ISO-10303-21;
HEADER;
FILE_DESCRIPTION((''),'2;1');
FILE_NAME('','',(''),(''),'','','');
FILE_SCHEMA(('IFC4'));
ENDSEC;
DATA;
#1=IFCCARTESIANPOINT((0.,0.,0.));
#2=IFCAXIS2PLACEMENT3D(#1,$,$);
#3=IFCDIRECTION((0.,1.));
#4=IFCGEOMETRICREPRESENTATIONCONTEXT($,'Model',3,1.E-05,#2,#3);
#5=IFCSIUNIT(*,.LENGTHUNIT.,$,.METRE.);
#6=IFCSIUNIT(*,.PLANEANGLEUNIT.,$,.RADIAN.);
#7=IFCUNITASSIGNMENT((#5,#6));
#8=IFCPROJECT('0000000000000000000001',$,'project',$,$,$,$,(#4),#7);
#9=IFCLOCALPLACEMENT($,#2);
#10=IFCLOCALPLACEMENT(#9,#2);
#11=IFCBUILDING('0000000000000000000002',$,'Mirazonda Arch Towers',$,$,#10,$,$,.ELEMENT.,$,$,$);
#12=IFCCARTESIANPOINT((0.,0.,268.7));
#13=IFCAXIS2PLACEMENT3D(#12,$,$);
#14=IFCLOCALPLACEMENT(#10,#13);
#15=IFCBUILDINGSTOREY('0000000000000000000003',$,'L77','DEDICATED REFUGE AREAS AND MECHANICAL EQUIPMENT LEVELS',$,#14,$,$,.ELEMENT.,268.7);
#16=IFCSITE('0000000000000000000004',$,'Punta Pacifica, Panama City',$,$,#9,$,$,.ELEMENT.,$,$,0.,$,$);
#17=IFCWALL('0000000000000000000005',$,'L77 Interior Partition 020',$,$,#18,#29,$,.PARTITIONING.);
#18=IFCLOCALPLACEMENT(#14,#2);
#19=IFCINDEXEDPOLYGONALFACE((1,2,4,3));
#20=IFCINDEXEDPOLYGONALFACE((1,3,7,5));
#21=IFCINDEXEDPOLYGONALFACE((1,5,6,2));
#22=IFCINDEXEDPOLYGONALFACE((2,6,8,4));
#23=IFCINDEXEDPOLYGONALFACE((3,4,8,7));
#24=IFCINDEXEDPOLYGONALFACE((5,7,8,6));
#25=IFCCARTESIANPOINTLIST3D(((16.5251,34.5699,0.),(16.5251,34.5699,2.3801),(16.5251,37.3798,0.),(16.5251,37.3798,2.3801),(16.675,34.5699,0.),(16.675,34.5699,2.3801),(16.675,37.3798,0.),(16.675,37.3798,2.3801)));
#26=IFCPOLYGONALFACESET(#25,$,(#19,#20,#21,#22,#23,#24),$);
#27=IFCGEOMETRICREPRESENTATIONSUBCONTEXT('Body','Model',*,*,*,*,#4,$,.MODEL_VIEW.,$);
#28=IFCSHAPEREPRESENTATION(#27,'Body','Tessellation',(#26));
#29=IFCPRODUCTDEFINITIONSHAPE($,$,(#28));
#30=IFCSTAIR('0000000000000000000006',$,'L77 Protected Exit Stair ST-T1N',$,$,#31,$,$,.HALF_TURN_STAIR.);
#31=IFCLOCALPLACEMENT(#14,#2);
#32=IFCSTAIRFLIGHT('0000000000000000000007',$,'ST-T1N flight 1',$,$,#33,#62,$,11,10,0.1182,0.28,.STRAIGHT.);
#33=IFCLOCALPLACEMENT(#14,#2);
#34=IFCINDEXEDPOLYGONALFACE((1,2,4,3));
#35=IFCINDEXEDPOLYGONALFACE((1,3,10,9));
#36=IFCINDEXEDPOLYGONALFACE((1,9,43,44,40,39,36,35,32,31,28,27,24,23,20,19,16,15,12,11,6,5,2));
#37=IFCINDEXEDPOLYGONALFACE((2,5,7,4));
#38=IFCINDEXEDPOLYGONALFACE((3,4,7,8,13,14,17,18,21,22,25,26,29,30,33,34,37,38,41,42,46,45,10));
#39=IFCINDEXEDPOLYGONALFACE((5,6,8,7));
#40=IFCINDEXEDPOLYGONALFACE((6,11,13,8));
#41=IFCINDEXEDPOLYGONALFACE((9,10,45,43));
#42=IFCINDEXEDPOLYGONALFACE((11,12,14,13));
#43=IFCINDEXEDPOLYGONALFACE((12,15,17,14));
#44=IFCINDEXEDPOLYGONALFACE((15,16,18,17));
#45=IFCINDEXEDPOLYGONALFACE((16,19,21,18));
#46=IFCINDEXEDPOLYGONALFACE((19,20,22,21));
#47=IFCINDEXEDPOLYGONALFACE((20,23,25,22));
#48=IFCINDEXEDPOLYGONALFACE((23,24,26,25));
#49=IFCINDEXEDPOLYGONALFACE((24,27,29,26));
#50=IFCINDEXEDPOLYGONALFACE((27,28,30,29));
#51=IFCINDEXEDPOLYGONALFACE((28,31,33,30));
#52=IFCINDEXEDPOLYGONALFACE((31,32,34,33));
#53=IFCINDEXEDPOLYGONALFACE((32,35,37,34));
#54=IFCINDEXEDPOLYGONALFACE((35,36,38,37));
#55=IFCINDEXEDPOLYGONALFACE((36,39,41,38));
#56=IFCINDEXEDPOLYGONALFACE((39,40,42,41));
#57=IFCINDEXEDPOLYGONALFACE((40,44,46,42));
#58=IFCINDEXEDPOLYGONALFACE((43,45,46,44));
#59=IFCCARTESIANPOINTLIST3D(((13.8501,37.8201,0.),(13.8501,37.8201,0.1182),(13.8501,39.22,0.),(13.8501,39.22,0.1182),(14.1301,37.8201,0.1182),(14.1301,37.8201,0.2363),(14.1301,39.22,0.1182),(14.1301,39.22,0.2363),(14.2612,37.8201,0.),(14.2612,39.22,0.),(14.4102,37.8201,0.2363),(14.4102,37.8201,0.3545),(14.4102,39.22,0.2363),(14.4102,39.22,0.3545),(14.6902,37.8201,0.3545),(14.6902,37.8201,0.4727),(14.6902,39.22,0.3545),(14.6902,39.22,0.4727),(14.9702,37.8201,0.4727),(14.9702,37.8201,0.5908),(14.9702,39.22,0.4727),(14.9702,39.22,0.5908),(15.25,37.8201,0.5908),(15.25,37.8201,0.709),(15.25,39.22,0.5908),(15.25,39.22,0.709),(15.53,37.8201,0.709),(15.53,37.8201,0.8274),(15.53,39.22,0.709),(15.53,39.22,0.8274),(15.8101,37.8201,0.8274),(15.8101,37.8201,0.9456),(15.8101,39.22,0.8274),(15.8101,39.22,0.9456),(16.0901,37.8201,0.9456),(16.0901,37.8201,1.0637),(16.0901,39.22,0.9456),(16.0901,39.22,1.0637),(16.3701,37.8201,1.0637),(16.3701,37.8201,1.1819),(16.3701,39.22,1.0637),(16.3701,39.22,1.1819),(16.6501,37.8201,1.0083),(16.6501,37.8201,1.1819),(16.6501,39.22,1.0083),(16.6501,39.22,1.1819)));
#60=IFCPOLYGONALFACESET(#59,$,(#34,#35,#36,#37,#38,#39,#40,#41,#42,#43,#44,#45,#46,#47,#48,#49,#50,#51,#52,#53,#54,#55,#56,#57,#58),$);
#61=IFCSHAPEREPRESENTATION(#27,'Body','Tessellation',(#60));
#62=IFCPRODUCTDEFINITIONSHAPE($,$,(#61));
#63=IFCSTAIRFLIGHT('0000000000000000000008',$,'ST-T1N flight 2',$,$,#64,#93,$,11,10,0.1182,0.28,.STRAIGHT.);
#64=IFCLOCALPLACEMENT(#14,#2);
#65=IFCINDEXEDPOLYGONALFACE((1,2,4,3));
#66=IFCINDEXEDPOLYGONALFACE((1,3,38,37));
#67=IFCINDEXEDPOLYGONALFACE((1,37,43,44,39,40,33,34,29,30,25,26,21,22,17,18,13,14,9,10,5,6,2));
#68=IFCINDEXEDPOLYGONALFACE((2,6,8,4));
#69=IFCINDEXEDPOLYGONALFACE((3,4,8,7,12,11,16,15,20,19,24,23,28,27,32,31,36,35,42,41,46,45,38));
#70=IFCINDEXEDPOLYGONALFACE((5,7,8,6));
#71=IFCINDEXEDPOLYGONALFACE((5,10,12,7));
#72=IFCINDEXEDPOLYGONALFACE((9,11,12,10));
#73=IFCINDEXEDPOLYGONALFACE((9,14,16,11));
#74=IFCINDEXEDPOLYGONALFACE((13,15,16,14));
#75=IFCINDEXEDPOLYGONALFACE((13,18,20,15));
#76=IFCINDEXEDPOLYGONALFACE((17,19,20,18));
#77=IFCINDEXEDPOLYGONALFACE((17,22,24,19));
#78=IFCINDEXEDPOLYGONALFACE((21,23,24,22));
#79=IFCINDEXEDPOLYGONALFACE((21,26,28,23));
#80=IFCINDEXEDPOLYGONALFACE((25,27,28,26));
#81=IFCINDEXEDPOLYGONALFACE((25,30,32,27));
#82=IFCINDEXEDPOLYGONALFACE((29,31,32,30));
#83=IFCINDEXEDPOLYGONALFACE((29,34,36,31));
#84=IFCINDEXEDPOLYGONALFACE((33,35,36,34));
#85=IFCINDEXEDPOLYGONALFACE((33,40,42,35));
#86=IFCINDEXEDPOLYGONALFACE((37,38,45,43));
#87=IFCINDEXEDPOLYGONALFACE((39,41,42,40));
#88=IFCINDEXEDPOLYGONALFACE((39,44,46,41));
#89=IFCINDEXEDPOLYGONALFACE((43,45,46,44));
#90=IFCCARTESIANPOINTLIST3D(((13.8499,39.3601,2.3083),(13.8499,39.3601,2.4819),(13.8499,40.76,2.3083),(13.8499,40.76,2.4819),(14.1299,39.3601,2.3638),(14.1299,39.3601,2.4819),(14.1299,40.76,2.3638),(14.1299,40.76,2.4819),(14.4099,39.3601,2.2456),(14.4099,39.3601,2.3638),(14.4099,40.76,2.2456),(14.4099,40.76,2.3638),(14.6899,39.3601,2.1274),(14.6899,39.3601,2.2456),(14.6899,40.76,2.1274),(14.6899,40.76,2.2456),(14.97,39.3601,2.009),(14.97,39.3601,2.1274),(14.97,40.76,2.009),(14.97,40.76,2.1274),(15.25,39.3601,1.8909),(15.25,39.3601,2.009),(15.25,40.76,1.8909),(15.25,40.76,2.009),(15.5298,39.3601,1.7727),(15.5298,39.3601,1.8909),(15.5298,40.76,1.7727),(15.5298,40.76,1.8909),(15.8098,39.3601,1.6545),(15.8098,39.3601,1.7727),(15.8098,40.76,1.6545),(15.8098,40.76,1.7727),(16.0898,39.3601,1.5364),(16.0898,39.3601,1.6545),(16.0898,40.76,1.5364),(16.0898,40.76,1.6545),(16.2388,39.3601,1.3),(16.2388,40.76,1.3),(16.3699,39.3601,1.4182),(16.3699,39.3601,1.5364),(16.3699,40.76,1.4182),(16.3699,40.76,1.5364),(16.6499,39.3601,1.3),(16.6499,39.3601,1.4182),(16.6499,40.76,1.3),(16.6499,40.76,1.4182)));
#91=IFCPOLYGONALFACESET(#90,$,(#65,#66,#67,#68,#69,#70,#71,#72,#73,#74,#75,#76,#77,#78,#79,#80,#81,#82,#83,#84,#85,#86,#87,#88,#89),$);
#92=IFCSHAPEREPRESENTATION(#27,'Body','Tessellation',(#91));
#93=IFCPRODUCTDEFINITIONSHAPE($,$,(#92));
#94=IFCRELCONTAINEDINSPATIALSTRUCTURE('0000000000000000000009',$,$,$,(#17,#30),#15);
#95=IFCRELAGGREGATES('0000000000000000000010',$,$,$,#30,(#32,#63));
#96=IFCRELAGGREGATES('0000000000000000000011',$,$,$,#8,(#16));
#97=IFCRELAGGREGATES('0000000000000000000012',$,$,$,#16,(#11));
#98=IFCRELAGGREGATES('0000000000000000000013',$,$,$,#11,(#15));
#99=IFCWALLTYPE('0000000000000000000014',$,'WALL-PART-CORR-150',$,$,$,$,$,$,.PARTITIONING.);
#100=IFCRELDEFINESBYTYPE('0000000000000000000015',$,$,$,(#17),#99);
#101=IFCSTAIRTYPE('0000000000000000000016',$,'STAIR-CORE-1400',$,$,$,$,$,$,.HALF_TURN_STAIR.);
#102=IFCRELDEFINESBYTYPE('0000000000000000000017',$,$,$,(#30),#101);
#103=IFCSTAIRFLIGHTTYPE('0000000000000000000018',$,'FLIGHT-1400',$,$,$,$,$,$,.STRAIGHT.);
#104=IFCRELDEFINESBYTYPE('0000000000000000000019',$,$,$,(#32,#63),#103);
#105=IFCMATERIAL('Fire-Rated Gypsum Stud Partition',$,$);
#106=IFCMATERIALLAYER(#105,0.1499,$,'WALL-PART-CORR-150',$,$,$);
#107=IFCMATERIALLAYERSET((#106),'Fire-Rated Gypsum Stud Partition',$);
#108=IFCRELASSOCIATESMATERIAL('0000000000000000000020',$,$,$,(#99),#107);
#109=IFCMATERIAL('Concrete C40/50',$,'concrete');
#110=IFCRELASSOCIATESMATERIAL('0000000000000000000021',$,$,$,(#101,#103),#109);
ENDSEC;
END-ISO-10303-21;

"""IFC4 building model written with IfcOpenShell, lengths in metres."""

from ifc_helpers import new_model, si_unit, direction, frame, frame_2d, origin, place, context, subcontext, project, spatial, polyline, rectangle, outline, extrude, material, layer, layer_set, type_object, element, aggregate, save


model = new_model("IFC4")

# Units and contexts
model_context = context("Model", 3, precision=1e-05, world=origin(), true_north=direction((0.0, 1.0)))
body_context = subcontext(model_context, "Body", "Model", "MODEL_VIEW")
ifc_project = project(units=[si_unit("LENGTHUNIT", "METRE"), si_unit("PLANEANGLEUNIT", "RADIAN")], contexts=[model_context])

# Site, building, storey
site_placement = place(None, origin())
site = spatial("IfcSite", under=ifc_project, at=site_placement, Name="Punta Pacifica, Panama City", CompositionType="ELEMENT", RefElevation=0.0)
building_placement = place(site_placement, origin())
building = spatial("IfcBuilding", under=site, at=building_placement, Name="Mirazonda Arch Towers", CompositionType="ELEMENT")
storey_placement = place(building_placement, frame((0.0, 0.0, 268.7)))
storey = spatial("IfcBuildingStorey", under=building, at=storey_placement, Name="L77", Description="DEDICATED REFUGE AREAS AND MECHANICAL EQUIPMENT LEVELS", CompositionType="ELEMENT", Elevation=268.7)

# Shared definitions
ifc_material_1 = material(Name="Concrete C40/50", Category="concrete")

# Wall
ifc_material_2 = material(Name="Fire-Rated Gypsum Stud Partition")
ifc_layer_1 = layer(ifc_material_2, 0.1499, Name="WALL-PART-CORR-150")
ifc_layer_set_1 = layer_set([ifc_layer_1], Name="Fire-Rated Gypsum Stud Partition")
wall_type_1 = type_object("IfcWallType", Name="WALL-PART-CORR-150", PredefinedType="PARTITIONING", material=ifc_layer_set_1)
wall_1_placement = place(storey_placement, frame((16.6001, 34.5701, 0.0), z_axis=(0.0, 0.0, 1.0), x_axis=(0.0, 1.0, 0.0)))
element("IfcWall", 1, at=wall_1_placement, inside=storey, type_object=wall_type_1, Name="L77 Interior Partition 020", PredefinedType="PARTITIONING", context=body_context, shape_type="SweptSolid", body=[
    extrude(rectangle(XDim=2.8098, YDim=0.1499, at=frame_2d((1.4048, 0.0))), origin(), (0.0, 0.0, 1.0), 2.3801),
])

# Stair, stair flights
stair_type = type_object("IfcStairType", Name="STAIR-CORE-1400", PredefinedType="HALF_TURN_STAIR", material=ifc_material_1)
stair_placement = place(storey_placement, origin())
stair = element("IfcStair", 2, at=stair_placement, inside=storey, type_object=stair_type, Name="L77 Protected Exit Stair ST-T1N", PredefinedType="HALF_TURN_STAIR")
stair_flight_type = type_object("IfcStairFlightType", Name="FLIGHT-1400", PredefinedType="STRAIGHT", material=ifc_material_1)
stair_flight_1_placement = place(storey_placement, frame((13.8501, 38.52, 0.0), z_axis=(0.0, 0.0, 1.0), x_axis=(1.0, 0.0, 0.0)))
stair_flight_1 = element("IfcStairFlight", 3, at=stair_flight_1_placement, type_object=stair_flight_type, Name="ST-T1N flight 1", NumberOfRisers=11, NumberOfTreads=10, PredefinedType="STRAIGHT", RiserHeight=0.1182, TreadLength=0.28, context=body_context, shape_type="SweptSolid", body=[
    extrude(outline(polyline([(0.0, 0.0), (0.0, 0.1182), (0.28, 0.1182), (0.28, 0.2363), (0.5601, 0.2363), (0.5601, 0.3545), (0.8401, 0.3545), (0.8401, 0.4727), (1.1201, 0.4727), (1.1201, 0.5908), (1.3999, 0.5908), (1.3999, 0.709), (1.6799, 0.709), (1.6799, 0.8274), (1.96, 0.8274), (1.96, 0.9456), (2.24, 0.9456), (2.24, 1.0637), (2.52, 1.0637), (2.52, 1.1819), (2.8, 1.1819), (2.8, 1.3), (2.8, 1.0083), (0.4111, 0.0), (0.0, 0.0)])), frame((0.0, 0.7, 0.0), z_axis=(0.0, -1.0, 0.0), x_axis=(1.0, 0.0, 0.0)), (0.0, 0.0, 1.0), 1.3999),
])
stair_flight_2_placement = place(storey_placement, frame((16.6499, 40.0601, 1.3), z_axis=(0.0, 0.0, 1.0), x_axis=(-1.0, 0.0, 0.0)))
stair_flight_2 = element("IfcStairFlight", 4, at=stair_flight_2_placement, type_object=stair_flight_type, Name="ST-T1N flight 2", NumberOfRisers=11, NumberOfTreads=10, PredefinedType="STRAIGHT", RiserHeight=0.1182, TreadLength=0.28, context=body_context, shape_type="SweptSolid", body=[
    extrude(outline(polyline([(0.0, 0.0), (0.0, 0.1182), (0.28, 0.1182), (0.28, 0.2363), (0.5601, 0.2363), (0.5601, 0.3545), (0.8401, 0.3545), (0.8401, 0.4727), (1.1201, 0.4727), (1.1201, 0.5908), (1.3999, 0.5908), (1.3999, 0.709), (1.6799, 0.709), (1.6799, 0.8274), (1.96, 0.8274), (1.96, 0.9456), (2.24, 0.9456), (2.24, 1.0637), (2.52, 1.0637), (2.52, 1.1819), (2.8, 1.1819), (2.8, 1.3), (2.8, 1.0083), (0.4111, 0.0), (0.0, 0.0)])), frame((0.0, 0.7, 0.0), z_axis=(0.0, -1.0, 0.0), x_axis=(1.0, 0.0, 0.0)), (0.0, 0.0, 1.0), 1.3999),
])
aggregate(stair, [stair_flight_1, stair_flight_2])

save(model, "model.ifc")
